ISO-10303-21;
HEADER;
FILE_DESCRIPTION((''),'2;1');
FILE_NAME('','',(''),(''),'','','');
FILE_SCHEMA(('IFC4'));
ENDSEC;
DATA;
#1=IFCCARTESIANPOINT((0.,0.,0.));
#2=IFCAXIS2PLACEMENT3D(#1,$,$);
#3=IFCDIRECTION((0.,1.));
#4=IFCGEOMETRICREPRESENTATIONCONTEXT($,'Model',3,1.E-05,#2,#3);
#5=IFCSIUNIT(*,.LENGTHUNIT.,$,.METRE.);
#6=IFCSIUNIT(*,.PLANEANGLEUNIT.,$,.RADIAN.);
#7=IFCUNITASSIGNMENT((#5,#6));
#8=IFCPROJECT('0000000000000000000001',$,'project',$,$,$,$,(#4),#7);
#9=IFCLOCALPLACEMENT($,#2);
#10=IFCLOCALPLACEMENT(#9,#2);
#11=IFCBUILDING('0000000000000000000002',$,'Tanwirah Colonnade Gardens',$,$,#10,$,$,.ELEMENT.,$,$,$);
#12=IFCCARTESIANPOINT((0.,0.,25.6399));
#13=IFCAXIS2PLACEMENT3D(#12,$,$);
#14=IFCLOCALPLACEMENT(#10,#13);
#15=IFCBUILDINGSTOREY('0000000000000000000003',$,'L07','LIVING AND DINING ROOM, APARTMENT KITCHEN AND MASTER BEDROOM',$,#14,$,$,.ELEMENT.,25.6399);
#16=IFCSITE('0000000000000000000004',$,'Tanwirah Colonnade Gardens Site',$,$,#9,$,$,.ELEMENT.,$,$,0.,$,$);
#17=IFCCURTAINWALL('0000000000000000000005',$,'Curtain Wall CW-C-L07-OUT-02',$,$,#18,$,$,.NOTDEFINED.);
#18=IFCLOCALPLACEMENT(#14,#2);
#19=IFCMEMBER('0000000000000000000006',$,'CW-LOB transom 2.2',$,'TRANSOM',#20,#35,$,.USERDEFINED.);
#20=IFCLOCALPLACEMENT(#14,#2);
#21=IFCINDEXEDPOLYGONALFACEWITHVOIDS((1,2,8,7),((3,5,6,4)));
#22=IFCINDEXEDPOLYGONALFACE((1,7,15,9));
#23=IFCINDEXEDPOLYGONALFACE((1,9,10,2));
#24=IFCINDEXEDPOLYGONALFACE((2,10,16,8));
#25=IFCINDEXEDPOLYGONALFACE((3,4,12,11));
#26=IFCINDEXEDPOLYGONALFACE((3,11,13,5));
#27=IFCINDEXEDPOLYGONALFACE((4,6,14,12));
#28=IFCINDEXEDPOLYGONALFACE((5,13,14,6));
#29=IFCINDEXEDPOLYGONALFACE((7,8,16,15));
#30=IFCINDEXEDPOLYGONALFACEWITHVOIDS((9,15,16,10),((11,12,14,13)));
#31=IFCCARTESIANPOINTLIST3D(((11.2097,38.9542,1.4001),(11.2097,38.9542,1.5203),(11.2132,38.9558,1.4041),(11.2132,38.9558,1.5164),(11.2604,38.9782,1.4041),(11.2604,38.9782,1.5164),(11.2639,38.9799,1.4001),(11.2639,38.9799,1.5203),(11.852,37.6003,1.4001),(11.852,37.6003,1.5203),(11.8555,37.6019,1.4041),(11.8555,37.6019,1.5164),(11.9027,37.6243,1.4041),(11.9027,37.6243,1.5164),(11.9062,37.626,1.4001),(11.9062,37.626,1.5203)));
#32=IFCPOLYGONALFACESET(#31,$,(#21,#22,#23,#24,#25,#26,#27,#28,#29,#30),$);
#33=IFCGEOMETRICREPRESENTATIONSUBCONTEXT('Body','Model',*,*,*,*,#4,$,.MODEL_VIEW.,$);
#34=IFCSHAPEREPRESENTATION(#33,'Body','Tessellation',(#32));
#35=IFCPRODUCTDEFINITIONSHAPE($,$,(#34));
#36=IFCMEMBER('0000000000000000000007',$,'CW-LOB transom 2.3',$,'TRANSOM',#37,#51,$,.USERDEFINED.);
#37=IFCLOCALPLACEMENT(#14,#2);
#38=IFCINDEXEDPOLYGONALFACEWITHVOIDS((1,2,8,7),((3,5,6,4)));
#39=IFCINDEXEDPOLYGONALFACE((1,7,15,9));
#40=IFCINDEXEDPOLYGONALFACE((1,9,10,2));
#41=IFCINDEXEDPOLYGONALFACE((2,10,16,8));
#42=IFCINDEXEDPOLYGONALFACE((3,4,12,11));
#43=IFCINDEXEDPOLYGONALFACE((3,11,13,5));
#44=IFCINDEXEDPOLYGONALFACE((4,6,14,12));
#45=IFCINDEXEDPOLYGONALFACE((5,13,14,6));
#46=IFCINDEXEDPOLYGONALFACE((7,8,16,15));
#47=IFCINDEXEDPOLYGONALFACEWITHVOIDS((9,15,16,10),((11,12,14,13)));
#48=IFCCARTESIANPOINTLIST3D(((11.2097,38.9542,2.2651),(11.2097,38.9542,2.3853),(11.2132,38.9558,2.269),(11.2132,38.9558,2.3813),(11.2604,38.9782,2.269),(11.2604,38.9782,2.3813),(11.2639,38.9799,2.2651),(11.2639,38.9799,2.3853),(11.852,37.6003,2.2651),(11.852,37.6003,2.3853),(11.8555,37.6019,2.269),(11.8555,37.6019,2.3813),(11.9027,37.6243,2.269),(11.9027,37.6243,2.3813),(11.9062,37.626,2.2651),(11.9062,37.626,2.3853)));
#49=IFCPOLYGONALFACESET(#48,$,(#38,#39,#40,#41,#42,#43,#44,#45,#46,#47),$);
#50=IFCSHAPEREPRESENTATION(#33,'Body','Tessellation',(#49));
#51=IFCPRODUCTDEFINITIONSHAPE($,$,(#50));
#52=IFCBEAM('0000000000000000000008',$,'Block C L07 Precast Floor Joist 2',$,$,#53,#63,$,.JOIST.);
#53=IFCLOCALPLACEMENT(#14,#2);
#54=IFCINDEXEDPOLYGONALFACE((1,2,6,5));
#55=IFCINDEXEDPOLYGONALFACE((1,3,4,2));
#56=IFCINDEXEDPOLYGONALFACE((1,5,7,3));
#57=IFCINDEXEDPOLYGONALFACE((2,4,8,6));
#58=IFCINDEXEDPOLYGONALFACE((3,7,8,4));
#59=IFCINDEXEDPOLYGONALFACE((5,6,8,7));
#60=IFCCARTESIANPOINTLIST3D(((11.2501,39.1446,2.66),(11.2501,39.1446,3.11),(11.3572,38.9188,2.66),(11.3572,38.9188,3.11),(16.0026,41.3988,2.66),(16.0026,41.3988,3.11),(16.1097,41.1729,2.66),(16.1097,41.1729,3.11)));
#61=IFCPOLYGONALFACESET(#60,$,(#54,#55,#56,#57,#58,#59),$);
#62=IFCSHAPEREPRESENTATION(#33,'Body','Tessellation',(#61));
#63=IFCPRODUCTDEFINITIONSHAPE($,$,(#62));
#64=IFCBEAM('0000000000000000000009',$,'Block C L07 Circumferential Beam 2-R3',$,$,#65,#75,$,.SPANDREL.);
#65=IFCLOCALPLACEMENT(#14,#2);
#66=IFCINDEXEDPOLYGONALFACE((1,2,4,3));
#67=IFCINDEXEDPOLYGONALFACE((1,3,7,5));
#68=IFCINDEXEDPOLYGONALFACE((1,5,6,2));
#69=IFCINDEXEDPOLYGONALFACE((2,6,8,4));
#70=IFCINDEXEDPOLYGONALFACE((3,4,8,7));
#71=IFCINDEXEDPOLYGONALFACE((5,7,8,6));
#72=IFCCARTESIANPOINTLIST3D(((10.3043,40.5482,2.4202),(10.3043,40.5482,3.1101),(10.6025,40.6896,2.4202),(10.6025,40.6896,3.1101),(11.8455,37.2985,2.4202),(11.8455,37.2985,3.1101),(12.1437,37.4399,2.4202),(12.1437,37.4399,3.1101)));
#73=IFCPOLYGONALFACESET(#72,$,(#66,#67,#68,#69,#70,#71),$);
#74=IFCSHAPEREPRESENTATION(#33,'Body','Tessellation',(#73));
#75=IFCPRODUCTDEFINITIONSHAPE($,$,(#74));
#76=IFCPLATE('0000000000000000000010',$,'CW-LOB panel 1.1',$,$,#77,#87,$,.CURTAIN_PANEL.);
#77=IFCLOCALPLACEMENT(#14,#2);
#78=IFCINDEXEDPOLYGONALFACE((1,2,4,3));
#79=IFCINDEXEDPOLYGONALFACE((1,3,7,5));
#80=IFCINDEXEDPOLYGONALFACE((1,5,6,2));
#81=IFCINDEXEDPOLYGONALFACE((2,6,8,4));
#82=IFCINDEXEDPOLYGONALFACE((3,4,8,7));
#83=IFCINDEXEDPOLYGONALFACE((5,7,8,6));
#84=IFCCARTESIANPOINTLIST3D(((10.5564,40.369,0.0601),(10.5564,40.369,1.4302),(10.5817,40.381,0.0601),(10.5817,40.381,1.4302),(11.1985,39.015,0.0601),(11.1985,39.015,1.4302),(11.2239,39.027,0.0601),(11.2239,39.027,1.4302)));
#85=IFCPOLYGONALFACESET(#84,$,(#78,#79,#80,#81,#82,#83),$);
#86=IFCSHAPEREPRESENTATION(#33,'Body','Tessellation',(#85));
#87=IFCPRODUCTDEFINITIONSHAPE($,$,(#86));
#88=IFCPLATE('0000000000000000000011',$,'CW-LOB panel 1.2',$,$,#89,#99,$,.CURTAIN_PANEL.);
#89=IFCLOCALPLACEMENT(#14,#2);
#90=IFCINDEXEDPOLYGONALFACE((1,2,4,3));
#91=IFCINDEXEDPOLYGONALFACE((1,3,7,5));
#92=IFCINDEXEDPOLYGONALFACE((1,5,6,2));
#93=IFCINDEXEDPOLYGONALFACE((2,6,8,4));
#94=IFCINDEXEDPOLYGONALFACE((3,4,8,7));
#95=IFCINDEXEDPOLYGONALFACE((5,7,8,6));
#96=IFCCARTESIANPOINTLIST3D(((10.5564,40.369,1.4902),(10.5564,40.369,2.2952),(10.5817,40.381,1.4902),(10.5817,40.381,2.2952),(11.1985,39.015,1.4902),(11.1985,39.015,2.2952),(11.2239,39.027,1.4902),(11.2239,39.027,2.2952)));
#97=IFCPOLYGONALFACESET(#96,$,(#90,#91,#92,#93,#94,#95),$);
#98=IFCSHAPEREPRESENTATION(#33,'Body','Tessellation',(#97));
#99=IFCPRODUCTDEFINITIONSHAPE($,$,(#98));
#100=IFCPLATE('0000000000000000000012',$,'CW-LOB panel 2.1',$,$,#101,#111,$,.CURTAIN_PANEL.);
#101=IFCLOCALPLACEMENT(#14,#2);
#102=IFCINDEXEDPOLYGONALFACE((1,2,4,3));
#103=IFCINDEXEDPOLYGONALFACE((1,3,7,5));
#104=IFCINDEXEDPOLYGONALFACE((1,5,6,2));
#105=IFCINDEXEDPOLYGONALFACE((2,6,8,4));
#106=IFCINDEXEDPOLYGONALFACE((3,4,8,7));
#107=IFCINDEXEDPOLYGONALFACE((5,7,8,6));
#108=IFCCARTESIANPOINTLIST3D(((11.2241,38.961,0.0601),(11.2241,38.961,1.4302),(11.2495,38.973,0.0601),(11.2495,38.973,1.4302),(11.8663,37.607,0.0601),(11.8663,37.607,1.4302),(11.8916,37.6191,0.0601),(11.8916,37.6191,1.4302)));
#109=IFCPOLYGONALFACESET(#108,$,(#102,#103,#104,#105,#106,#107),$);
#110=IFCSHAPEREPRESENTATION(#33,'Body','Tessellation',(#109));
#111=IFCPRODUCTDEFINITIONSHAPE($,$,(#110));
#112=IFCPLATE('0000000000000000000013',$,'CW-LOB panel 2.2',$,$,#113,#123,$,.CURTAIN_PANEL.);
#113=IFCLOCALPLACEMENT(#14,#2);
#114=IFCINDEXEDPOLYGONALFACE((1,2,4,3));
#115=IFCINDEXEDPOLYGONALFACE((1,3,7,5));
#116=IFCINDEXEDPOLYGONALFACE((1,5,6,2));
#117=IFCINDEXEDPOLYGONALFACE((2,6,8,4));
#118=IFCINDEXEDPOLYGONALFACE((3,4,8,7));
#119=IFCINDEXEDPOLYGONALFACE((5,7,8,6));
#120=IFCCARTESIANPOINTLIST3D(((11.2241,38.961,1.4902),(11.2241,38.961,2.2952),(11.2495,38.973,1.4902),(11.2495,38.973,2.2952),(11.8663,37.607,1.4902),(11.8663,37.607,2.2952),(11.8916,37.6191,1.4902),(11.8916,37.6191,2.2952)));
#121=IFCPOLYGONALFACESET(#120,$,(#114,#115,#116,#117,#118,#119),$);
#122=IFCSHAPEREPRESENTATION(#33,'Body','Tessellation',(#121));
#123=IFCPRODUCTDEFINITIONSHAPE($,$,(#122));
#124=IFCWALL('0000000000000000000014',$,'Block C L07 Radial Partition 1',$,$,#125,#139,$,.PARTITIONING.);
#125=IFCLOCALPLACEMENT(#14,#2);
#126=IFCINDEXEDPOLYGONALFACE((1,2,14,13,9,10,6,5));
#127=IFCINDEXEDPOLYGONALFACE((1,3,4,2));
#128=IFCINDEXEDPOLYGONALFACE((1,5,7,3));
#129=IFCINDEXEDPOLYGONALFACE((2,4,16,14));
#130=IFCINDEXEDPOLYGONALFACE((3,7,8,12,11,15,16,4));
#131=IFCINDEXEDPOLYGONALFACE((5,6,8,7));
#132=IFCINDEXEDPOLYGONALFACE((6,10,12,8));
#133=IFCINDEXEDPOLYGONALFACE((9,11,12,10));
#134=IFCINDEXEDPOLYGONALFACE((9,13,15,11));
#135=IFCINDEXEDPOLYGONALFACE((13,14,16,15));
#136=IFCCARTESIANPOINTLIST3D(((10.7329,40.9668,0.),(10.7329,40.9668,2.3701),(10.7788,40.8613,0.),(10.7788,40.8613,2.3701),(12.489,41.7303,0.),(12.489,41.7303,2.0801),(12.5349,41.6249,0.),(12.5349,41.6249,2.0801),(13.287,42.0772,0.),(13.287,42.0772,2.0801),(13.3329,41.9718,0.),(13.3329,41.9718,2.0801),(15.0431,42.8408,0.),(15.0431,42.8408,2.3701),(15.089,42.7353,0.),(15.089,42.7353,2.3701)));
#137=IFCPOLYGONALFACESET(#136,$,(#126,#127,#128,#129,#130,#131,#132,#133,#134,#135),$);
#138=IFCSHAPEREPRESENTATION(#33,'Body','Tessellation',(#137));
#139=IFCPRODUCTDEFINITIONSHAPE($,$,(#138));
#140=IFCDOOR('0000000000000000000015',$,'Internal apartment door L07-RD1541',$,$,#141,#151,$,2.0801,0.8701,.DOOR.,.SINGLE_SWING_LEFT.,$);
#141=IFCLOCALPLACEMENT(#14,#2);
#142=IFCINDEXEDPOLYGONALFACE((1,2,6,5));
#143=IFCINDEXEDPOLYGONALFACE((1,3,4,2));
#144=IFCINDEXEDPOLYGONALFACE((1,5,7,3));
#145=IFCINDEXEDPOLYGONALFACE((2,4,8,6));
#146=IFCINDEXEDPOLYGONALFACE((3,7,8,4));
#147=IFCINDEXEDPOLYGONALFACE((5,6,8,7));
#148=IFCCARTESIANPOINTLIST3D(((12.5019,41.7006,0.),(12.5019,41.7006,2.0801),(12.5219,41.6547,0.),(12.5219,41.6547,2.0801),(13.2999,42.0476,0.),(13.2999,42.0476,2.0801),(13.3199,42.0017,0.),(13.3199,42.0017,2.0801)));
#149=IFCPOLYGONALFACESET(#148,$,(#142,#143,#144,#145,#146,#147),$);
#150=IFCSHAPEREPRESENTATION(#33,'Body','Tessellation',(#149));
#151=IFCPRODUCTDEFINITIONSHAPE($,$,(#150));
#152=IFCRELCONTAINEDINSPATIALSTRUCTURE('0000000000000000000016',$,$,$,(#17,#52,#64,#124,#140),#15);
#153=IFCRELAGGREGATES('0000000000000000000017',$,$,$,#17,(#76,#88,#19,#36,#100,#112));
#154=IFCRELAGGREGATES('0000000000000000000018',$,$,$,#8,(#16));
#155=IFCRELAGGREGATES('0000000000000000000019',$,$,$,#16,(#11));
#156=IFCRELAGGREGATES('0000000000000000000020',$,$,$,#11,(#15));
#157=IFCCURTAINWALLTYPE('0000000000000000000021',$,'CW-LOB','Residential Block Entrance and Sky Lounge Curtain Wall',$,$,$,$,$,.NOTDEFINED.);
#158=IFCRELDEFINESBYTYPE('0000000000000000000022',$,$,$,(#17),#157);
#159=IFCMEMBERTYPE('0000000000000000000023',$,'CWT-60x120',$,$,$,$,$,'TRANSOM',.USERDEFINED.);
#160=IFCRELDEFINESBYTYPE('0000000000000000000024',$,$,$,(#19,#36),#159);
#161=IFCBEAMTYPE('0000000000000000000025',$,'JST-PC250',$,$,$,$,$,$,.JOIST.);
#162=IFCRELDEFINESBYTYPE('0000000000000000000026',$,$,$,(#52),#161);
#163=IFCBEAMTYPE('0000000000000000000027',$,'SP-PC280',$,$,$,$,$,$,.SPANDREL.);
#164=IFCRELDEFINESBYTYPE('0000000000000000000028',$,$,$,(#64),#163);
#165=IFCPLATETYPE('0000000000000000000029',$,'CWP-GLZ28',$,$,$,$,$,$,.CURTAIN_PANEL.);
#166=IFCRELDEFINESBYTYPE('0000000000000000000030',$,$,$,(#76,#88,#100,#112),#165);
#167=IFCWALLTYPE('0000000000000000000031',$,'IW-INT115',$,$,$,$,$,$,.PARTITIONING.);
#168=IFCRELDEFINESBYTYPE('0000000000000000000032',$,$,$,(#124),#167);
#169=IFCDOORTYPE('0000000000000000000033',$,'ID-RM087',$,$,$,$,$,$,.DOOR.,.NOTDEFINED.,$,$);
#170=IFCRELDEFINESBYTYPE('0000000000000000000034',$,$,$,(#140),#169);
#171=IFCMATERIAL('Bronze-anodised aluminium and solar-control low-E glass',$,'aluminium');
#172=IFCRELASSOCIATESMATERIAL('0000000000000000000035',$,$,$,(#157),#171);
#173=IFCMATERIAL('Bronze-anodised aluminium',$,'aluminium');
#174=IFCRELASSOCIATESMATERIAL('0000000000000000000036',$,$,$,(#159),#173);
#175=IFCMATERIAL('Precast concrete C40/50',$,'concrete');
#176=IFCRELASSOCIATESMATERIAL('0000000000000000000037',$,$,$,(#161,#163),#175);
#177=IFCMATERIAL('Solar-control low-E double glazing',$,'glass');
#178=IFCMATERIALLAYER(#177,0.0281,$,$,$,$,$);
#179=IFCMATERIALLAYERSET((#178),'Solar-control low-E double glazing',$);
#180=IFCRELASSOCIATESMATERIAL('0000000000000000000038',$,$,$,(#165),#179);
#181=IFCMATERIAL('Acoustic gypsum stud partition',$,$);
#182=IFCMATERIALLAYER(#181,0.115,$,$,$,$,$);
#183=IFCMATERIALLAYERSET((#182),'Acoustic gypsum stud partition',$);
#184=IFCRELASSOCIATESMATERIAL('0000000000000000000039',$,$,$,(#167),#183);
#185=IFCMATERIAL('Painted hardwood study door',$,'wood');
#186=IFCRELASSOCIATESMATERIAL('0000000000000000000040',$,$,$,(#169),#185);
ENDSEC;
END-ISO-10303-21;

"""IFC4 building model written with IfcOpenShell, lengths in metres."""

from ifc_helpers import new_model, si_unit, direction, frame, frame_2d, origin, origin_2d, place, context, subcontext, project, spatial, rectangle, hollow_rectangle, extrude, material, layer, layer_set, material_profile, profile_set, type_object, element, fill, aggregate, save


model = new_model("IFC4")

# Units and contexts
model_context = context("Model", 3, precision=1e-05, world=origin(), true_north=direction((0.0, 1.0)))
body_context = subcontext(model_context, "Body", "Model", "MODEL_VIEW")
ifc_project = project(units=[si_unit("LENGTHUNIT", "METRE"), si_unit("PLANEANGLEUNIT", "RADIAN")], contexts=[model_context])

# Site, building, storey
site_placement = place(None, origin())
site = spatial("IfcSite", under=ifc_project, at=site_placement, Name="Tanwirah Colonnade Gardens Site", CompositionType="ELEMENT", RefElevation=0.0)
building_placement = place(site_placement, origin())
building = spatial("IfcBuilding", under=site, at=building_placement, Name="Tanwirah Colonnade Gardens", CompositionType="ELEMENT")
storey_placement = place(building_placement, frame((0.0, 0.0, 25.6399)))
storey = spatial("IfcBuildingStorey", under=building, at=storey_placement, Name="L07", Description="LIVING AND DINING ROOM, APARTMENT KITCHEN AND MASTER BEDROOM", CompositionType="ELEMENT", Elevation=25.6399)

# Shared definitions
ifc_material_1 = material(Name="Precast concrete C40/50", Category="concrete")

# Curtain wall, members
ifc_material_2 = material(Name="Bronze-anodised aluminium and solar-control low-E glass", Category="aluminium")
curtain_wall_type = type_object("IfcCurtainWallType", Name="CW-LOB", Description="Residential Block Entrance and Sky Lounge Curtain Wall", PredefinedType="NOTDEFINED", material=ifc_material_2)
curtain_wall_placement = place(storey_placement, origin())
curtain_wall = element("IfcCurtainWall", 1, at=curtain_wall_placement, inside=storey, type_object=curtain_wall_type, Name="Curtain Wall CW-C-L07-OUT-02", PredefinedType="NOTDEFINED")
ifc_material_3 = material(Name="Bronze-anodised aluminium", Category="aluminium")
ifc_material_profile_1 = material_profile(ifc_material_3, hollow_rectangle(XDim=0.0601, YDim=0.1201, WallThickness=0.0039, at=origin_2d()), Name="CW-TRN 60x120x4")
ifc_profile_set_1 = profile_set([ifc_material_profile_1], Name="Bronze-anodised aluminium")
member_type_1 = type_object("IfcMemberType", Name="CWT-60x120", ElementType="TRANSOM", PredefinedType="USERDEFINED", material=ifc_profile_set_1)
member_1_placement = place(storey_placement, frame((11.2368, 38.967, 1.4602), z_axis=(0.428611, -0.903489, 0.0), x_axis=(0.903489, 0.428611, 0.0)))
member_1 = element("IfcMember", 2, at=member_1_placement, type_object=member_type_1, Name="CW-LOB transom 2.2", ObjectType="TRANSOM", PredefinedType="USERDEFINED", context=body_context, shape_type="SweptSolid", body=[
    extrude(hollow_rectangle(XDim=0.0601, YDim=0.1201, WallThickness=0.0039, at=origin_2d()), origin(), (0.0, 0.0, 1.0), 1.4985),
])
member_2_placement = place(storey_placement, frame((11.2368, 38.967, 2.3252), z_axis=(0.428611, -0.903489, 0.0), x_axis=(0.903489, 0.428611, 0.0)))
member_2 = element("IfcMember", 3, at=member_2_placement, type_object=member_type_1, Name="CW-LOB transom 2.3", ObjectType="TRANSOM", PredefinedType="USERDEFINED", context=body_context, shape_type="SweptSolid", body=[
    extrude(hollow_rectangle(XDim=0.0601, YDim=0.1201, WallThickness=0.0039, at=origin_2d()), origin(), (0.0, 0.0, 1.0), 1.4985),
])

# Beams
ifc_material_profile_2 = material_profile(ifc_material_1, rectangle(XDim=0.25, YDim=0.45, at=origin_2d()), Name="PC-JST 250x450")
ifc_profile_set_2 = profile_set([ifc_material_profile_2], Name="Precast concrete C40/50")
beam_type_1 = type_object("IfcBeamType", Name="JST-PC250", PredefinedType="JOIST", material=ifc_profile_set_2)
beam_1_placement = place(storey_placement, frame((16.0562, 41.2859, 2.885), z_axis=(-0.903518, -0.428551, 0.0), x_axis=(0.428551, -0.903518, 0.0)))
element("IfcBeam", 4, at=beam_1_placement, inside=storey, type_object=beam_type_1, Name="Block C L07 Precast Floor Joist 2", PredefinedType="JOIST", context=body_context, shape_type="SweptSolid", body=[
    extrude(rectangle(XDim=0.25, YDim=0.45, at=origin_2d()), origin(), (0.0, 0.0, 1.0), 5.26),
])
ifc_material_profile_3 = material_profile(ifc_material_1, rectangle(XDim=0.3301, YDim=0.6899, at=origin_2d()), Name="PC-SP 330x690")
ifc_profile_set_3 = profile_set([ifc_material_profile_3], Name="Precast concrete C40/50")
beam_type_2 = type_object("IfcBeamType", Name="SP-PC280", PredefinedType="SPANDREL", material=ifc_profile_set_3)
beam_2_placement = place(storey_placement, frame((10.4534, 40.6189, 2.7651), z_axis=(0.428518, -0.903533, 0.0), x_axis=(0.903533, 0.428518, 0.0)))
element("IfcBeam", 5, at=beam_2_placement, inside=storey, type_object=beam_type_2, Name="Block C L07 Circumferential Beam 2-R3", PredefinedType="SPANDREL", context=body_context, shape_type="SweptSolid", body=[
    extrude(rectangle(XDim=0.3301, YDim=0.6899, at=origin_2d()), origin(), (0.0, 0.0, 1.0), 3.5967),
])

# Plates
ifc_material_4 = material(Name="Solar-control low-E double glazing", Category="glass")
ifc_layer_1 = layer(ifc_material_4, 0.0281)
ifc_layer_set_1 = layer_set([ifc_layer_1], Name="Solar-control low-E double glazing")
plate_type = type_object("IfcPlateType", Name="CWP-GLZ28", PredefinedType="CURTAIN_PANEL", material=ifc_layer_set_1)
plate_1_placement = place(storey_placement, frame((10.8901, 39.698, 0.0601), z_axis=(0.0, 0.0, 1.0), x_axis=(0.42854, -0.903523, 0.0)))
plate_1 = element("IfcPlate", 6, at=plate_1_placement, type_object=plate_type, Name="CW-LOB panel 1.1", PredefinedType="CURTAIN_PANEL", context=body_context, shape_type="SweptSolid", body=[
    extrude(rectangle(XDim=1.4985, YDim=0.0281, at=origin_2d()), origin(), (0.0, 0.0, 1.0), 1.3701),
])
plate_2_placement = place(storey_placement, frame((10.8901, 39.698, 1.4902), z_axis=(0.0, 0.0, 1.0), x_axis=(0.42854, -0.903523, 0.0)))
plate_2 = element("IfcPlate", 7, at=plate_2_placement, type_object=plate_type, Name="CW-LOB panel 1.2", PredefinedType="CURTAIN_PANEL", context=body_context, shape_type="SweptSolid", body=[
    extrude(rectangle(XDim=1.4985, YDim=0.0281, at=origin_2d()), origin(), (0.0, 0.0, 1.0), 0.8049),
])
plate_3_placement = place(storey_placement, frame((11.5579, 38.29, 0.0601), z_axis=(0.0, 0.0, 1.0), x_axis=(0.42854, -0.903523, 0.0)))
plate_3 = element("IfcPlate", 8, at=plate_3_placement, type_object=plate_type, Name="CW-LOB panel 2.1", PredefinedType="CURTAIN_PANEL", context=body_context, shape_type="SweptSolid", body=[
    extrude(rectangle(XDim=1.4985, YDim=0.0281, at=origin_2d()), origin(), (0.0, 0.0, 1.0), 1.3701),
])
plate_4_placement = place(storey_placement, frame((11.5579, 38.29, 1.4902), z_axis=(0.0, 0.0, 1.0), x_axis=(0.42854, -0.903523, 0.0)))
plate_4 = element("IfcPlate", 9, at=plate_4_placement, type_object=plate_type, Name="CW-LOB panel 2.2", PredefinedType="CURTAIN_PANEL", context=body_context, shape_type="SweptSolid", body=[
    extrude(rectangle(XDim=1.4985, YDim=0.0281, at=origin_2d()), origin(), (0.0, 0.0, 1.0), 0.8049),
])
aggregate(curtain_wall, [plate_1, plate_2, member_1, member_2, plate_3, plate_4])

# Wall, opening, door
ifc_material_5 = material(Name="Acoustic gypsum stud partition")
ifc_layer_2 = layer(ifc_material_5, 0.115)
ifc_layer_set_2 = layer_set([ifc_layer_2], Name="Acoustic gypsum stud partition")
wall_type_1 = type_object("IfcWallType", Name="IW-INT115", PredefinedType="PARTITIONING", material=ifc_layer_set_2)
wall_1_placement = place(storey_placement, frame((15.0662, 42.7881, 0.0), z_axis=(0.0, 0.0, 1.0), x_axis=(-0.917072, -0.398722, 0.0)))
wall_1 = element("IfcWall", 10, at=wall_1_placement, inside=storey, type_object=wall_type_1, Name="Block C L07 Radial Partition 1", PredefinedType="PARTITIONING", context=body_context, shape_type="SweptSolid", body=[
    extrude(rectangle(XDim=4.7, YDim=0.115, at=frame_2d((2.3501, 0.0))), origin(), (0.0, 0.0, 1.0), 2.3701),
])
opening_1_placement = place(wall_1_placement, frame((1.915, 0.0, 0.0)))
opening_1 = element("IfcOpeningElement", 11, at=opening_1_placement, cuts=wall_1, PredefinedType="OPENING", context=body_context, shape_type="SweptSolid", body=[
    extrude(rectangle(XDim=0.8701, YDim=2.0801, at=frame_2d((0.4351, 1.04))), frame((0.0, 0.0674, 0.0), z_axis=(0.0, -1.0, 0.0), x_axis=(1.0, 0.0, 0.0)), (0.0, 0.0, 1.0), 0.135),
])
ifc_material_6 = material(Name="Painted hardwood study door", Category="wood")
door_type_1 = type_object("IfcDoorType", Name="ID-RM087", OperationType="NOTDEFINED", PredefinedType="DOOR", material=ifc_material_6)
door_1_placement = place(opening_1_placement, origin())
door_1 = element("IfcDoor", 12, at=door_1_placement, inside=storey, type_object=door_type_1, Name="Internal apartment door L07-RD1541", OperationType="SINGLE_SWING_LEFT", OverallHeight=2.0801, OverallWidth=0.8701, PredefinedType="DOOR", context=body_context, shape_type="SweptSolid", body=[
    extrude(rectangle(XDim=0.8701, YDim=2.0801, at=frame_2d((0.4351, 1.04))), frame((0.0, 0.0249, 0.0), z_axis=(0.0, -1.0, 0.0), x_axis=(1.0, 0.0, 0.0)), (0.0, 0.0, 1.0), 0.05),
])
fill(opening_1, door_1)

save(model, "model.ifc")
